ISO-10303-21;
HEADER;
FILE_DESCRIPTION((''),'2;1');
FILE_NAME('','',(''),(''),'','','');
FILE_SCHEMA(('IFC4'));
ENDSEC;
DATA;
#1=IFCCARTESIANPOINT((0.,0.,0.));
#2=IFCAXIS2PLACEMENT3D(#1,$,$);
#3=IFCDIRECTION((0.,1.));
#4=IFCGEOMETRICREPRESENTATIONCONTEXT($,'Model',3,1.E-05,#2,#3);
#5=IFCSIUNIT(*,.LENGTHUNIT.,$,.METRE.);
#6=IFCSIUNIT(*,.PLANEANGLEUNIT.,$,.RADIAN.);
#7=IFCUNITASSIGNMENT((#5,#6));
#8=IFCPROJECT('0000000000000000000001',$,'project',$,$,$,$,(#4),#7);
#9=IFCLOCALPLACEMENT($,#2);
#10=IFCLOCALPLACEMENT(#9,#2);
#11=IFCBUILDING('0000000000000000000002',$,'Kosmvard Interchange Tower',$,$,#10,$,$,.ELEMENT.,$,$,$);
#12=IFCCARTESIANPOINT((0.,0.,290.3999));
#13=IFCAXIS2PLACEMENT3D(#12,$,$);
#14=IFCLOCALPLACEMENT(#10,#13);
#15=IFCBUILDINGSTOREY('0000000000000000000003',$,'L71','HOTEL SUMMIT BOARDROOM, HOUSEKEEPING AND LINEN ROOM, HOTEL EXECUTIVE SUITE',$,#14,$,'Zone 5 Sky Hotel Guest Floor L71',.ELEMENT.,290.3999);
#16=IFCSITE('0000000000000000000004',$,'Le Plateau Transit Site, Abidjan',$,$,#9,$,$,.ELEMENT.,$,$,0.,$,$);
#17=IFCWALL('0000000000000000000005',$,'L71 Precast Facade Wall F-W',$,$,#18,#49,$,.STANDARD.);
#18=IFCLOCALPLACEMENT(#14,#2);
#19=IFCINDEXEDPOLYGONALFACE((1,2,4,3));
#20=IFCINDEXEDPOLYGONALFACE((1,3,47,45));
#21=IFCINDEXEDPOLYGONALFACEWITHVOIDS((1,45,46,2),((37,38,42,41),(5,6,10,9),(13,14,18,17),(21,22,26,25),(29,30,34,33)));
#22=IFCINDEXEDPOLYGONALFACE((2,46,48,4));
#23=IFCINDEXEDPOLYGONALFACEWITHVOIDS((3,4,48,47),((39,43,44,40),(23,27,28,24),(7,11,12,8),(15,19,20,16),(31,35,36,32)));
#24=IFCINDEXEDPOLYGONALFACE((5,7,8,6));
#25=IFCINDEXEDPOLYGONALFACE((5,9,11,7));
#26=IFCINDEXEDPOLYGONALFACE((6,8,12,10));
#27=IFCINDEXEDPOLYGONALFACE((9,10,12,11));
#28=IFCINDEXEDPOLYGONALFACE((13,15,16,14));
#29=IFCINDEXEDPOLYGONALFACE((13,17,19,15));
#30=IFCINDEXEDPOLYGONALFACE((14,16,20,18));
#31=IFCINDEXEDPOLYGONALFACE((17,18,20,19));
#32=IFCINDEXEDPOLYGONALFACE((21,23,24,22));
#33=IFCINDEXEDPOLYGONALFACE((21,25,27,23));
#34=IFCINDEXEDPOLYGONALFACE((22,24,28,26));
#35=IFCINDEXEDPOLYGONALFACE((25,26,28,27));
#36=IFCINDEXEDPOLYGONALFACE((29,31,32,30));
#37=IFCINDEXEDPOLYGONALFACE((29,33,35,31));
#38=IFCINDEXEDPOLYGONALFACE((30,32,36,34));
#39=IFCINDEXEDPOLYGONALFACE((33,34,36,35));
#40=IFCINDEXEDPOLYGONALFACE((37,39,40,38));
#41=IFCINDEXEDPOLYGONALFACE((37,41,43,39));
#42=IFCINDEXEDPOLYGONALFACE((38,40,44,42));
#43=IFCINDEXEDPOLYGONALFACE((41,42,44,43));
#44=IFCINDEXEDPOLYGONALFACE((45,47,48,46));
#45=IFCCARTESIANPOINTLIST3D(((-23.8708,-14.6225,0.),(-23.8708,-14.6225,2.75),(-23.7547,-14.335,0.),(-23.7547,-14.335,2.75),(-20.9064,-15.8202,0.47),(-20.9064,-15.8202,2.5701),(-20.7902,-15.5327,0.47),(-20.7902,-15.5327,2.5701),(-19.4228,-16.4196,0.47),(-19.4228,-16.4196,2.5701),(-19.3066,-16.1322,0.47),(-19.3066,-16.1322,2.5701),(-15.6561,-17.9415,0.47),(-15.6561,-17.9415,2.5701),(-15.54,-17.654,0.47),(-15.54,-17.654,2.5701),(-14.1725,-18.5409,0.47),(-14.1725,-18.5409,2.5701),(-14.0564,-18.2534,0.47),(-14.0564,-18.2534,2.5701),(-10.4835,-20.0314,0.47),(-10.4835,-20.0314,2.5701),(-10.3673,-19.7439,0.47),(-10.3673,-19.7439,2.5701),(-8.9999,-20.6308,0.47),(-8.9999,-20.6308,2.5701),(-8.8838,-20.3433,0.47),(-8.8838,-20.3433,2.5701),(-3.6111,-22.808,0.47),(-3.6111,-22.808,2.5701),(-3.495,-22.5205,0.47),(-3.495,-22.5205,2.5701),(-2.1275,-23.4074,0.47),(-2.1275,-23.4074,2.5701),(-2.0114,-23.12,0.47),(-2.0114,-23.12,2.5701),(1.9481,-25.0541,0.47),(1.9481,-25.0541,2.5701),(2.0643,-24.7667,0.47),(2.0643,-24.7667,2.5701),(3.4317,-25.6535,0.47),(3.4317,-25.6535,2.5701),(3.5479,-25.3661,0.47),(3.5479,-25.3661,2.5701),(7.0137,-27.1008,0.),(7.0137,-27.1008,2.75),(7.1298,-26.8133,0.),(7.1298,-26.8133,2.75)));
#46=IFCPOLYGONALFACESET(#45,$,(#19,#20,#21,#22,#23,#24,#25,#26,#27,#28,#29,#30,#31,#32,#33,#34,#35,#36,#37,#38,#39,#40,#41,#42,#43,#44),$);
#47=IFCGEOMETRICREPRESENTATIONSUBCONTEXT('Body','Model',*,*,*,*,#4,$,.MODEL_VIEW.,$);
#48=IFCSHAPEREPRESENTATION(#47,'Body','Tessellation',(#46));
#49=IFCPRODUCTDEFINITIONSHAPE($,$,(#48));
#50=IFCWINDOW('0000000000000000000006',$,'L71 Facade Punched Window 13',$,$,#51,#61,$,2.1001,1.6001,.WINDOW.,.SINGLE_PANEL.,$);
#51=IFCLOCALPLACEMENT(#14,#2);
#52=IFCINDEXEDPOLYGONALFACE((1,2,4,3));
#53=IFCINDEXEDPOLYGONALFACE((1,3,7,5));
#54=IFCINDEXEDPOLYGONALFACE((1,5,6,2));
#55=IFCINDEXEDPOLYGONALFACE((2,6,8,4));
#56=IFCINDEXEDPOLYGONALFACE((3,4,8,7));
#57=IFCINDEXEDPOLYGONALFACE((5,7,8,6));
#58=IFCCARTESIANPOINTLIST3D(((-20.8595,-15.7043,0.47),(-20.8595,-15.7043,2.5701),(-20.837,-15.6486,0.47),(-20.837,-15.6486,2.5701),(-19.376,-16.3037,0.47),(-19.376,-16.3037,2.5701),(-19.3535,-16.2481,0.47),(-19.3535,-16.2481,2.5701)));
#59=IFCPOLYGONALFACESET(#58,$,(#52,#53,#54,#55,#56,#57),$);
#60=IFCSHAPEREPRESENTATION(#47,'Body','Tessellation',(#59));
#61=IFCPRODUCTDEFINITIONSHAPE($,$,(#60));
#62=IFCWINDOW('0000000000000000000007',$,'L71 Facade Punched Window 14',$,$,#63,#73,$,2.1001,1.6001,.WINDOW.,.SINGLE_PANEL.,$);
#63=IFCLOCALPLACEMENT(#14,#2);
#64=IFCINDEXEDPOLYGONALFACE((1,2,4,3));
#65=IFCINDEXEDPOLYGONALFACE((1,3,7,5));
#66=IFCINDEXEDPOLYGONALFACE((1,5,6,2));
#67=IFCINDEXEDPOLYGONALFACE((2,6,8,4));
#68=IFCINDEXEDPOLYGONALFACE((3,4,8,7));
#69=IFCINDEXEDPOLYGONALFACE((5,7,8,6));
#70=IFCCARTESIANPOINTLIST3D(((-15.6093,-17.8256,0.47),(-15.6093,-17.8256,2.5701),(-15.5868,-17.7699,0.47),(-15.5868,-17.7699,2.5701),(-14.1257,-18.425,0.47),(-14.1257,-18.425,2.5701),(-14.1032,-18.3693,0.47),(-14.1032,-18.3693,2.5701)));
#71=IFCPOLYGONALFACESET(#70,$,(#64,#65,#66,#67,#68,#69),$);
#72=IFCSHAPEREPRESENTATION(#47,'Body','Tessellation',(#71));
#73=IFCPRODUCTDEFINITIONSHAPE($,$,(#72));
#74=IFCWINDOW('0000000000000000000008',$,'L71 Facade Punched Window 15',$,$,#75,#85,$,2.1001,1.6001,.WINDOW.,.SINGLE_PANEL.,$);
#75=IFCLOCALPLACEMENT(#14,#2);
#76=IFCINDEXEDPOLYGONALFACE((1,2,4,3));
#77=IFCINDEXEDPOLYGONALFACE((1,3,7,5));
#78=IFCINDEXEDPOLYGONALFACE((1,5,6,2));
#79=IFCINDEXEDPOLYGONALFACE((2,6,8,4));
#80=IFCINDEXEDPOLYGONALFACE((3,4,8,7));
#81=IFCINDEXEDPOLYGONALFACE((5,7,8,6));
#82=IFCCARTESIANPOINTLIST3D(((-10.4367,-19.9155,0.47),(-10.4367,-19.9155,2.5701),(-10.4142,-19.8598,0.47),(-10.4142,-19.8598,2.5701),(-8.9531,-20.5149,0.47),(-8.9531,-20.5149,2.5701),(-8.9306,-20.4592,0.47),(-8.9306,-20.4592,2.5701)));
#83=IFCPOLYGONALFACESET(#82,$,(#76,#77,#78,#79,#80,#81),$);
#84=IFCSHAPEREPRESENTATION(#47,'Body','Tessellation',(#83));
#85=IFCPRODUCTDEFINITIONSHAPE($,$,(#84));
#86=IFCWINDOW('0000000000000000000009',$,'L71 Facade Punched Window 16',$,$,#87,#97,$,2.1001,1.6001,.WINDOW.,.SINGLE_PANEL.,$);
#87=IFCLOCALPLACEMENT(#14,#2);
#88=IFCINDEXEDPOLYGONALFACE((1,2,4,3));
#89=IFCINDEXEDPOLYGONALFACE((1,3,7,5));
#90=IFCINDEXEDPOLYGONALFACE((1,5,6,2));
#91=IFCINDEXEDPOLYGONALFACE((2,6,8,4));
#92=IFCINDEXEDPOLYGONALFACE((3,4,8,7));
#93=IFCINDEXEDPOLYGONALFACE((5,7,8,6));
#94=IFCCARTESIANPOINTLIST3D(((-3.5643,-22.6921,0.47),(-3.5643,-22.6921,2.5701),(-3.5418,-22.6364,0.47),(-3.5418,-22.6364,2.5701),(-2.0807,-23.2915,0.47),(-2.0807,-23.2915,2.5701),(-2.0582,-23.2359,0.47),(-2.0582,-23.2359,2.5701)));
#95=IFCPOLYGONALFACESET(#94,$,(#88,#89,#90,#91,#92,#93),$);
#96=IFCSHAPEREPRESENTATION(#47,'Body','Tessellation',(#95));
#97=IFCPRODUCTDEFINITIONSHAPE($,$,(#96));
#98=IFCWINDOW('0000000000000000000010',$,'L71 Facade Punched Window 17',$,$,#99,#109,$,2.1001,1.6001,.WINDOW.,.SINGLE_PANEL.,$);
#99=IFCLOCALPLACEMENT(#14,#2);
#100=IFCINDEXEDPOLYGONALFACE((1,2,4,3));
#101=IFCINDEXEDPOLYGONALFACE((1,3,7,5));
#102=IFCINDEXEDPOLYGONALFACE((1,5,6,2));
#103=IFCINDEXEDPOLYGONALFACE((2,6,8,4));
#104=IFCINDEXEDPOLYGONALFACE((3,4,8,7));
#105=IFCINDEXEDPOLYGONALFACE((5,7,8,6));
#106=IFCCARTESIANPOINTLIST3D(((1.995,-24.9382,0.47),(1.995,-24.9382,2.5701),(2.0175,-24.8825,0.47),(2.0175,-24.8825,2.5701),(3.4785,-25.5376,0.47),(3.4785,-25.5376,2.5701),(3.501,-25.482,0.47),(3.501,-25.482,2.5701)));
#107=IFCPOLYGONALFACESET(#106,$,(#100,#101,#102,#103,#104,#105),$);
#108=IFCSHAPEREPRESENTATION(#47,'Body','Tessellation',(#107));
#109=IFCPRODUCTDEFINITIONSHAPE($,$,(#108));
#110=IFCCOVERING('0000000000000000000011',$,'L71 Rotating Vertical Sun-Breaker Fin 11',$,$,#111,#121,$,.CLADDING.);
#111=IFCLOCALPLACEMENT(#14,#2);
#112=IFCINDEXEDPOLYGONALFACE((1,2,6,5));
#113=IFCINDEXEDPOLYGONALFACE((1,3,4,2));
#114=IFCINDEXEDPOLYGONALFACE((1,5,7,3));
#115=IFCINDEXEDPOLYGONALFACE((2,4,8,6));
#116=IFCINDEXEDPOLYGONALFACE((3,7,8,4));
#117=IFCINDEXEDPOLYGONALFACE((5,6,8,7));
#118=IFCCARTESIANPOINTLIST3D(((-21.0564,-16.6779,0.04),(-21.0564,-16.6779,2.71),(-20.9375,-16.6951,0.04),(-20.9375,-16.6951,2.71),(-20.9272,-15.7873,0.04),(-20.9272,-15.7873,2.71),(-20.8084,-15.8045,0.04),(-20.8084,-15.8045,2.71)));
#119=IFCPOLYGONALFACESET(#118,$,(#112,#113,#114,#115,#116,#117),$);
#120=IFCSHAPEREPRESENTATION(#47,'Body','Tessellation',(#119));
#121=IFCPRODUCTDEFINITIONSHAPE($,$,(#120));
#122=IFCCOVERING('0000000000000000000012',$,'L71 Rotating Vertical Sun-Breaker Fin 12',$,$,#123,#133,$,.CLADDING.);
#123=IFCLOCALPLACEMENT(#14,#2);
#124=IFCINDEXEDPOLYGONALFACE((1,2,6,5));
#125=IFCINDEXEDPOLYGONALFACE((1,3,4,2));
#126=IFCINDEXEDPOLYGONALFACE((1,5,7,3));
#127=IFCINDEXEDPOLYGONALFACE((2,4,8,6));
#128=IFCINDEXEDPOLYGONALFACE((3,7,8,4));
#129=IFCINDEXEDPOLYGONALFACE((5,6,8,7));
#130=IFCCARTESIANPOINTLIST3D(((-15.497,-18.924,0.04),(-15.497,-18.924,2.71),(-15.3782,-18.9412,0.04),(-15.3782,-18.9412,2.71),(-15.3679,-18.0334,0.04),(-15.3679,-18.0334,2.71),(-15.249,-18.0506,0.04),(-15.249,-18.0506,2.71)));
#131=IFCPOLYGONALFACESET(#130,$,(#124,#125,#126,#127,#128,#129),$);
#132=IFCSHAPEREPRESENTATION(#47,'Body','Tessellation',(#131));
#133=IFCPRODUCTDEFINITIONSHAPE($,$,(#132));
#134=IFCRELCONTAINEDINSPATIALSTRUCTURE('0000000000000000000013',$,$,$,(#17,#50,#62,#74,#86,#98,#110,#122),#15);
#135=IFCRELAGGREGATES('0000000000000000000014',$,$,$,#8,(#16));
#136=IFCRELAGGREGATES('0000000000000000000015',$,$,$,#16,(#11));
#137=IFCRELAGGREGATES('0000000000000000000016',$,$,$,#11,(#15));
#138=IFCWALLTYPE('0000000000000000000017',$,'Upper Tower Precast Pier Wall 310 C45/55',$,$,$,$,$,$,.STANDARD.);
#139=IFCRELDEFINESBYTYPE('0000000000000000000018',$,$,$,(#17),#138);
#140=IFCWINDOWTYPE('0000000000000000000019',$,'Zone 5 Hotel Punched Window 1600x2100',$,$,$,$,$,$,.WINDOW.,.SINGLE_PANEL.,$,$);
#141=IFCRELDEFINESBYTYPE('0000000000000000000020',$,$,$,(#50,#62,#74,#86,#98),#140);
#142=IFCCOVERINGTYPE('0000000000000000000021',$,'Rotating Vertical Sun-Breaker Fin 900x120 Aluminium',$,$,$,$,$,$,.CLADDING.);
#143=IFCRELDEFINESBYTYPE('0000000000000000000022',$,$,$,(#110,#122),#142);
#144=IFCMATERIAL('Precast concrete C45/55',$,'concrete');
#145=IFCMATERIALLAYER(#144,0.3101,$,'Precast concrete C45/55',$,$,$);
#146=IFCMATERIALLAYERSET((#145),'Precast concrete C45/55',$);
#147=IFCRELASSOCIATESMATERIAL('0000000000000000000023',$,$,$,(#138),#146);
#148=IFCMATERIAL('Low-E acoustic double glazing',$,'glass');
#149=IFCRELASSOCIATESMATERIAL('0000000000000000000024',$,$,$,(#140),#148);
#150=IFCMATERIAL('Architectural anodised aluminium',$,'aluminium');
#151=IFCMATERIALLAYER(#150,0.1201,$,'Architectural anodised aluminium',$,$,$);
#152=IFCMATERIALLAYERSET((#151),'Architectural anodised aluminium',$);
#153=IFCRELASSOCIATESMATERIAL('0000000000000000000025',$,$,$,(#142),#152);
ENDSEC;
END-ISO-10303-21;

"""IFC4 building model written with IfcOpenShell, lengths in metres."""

from ifc_helpers import new_model, si_unit, direction, frame, frame_2d, origin, origin_2d, place, context, subcontext, project, spatial, rectangle, extrude, source, transform, mapped, material, layer, layer_set, type_object, element, fill, save


model = new_model("IFC4")

# Units and contexts
model_context = context("Model", 3, precision=1e-05, world=origin(), true_north=direction((0.0, 1.0)))
body_context = subcontext(model_context, "Body", "Model", "MODEL_VIEW")
ifc_project = project(units=[si_unit("LENGTHUNIT", "METRE"), si_unit("PLANEANGLEUNIT", "RADIAN")], contexts=[model_context])

# Site, building, storey
site_placement = place(None, origin())
site = spatial("IfcSite", under=ifc_project, at=site_placement, Name="Le Plateau Transit Site, Abidjan", CompositionType="ELEMENT", RefElevation=0.0)
building_placement = place(site_placement, origin())
building = spatial("IfcBuilding", under=site, at=building_placement, Name="Kosmvard Interchange Tower", CompositionType="ELEMENT")
storey_placement = place(building_placement, frame((0.0, 0.0, 290.3999)))
storey = spatial("IfcBuildingStorey", under=building, at=storey_placement, Name="L71", Description="HOTEL SUMMIT BOARDROOM, HOUSEKEEPING AND LINEN ROOM, HOTEL EXECUTIVE SUITE", LongName="Zone 5 Sky Hotel Guest Floor L71", CompositionType="ELEMENT", Elevation=290.3999)

# Wall, openings, windows
ifc_material_1 = material(Name="Precast concrete C45/55", Category="concrete")
ifc_layer_1 = layer(ifc_material_1, 0.3101, Name="Precast concrete C45/55")
ifc_layer_set_1 = layer_set([ifc_layer_1], Name="Precast concrete C45/55")
wall_type = type_object("IfcWallType", Name="Upper Tower Precast Pier Wall 310 C45/55", PredefinedType="STANDARD", material=ifc_layer_set_1)
wall_placement = place(storey_placement, frame((-23.8127, -14.4788, 0.0), z_axis=(0.0, 0.0, 1.0), x_axis=(0.927183, -0.37461, 0.0)))
wall = element("IfcWall", 1, at=wall_placement, inside=storey, type_object=wall_type, Name="L71 Precast Facade Wall F-W", PredefinedType="STANDARD", context=body_context, shape_type="SweptSolid", body=[
    extrude(rectangle(XDim=33.3101, YDim=0.3101, at=frame_2d((16.655, 0.0))), origin(), (0.0, 0.0, 1.0), 2.75),
])
opening_1_placement = place(wall_placement, frame((3.1973, 0.0, 0.47)))
opening_1 = element("IfcOpeningElement", 2, at=opening_1_placement, cuts=wall, PredefinedType="OPENING", context=body_context, shape_type="SweptSolid", body=[
    extrude(rectangle(XDim=1.6001, YDim=2.1001, at=frame_2d((0.8, 1.05))), frame((0.0, 0.165, 0.0), z_axis=(0.0, -1.0, 0.0), x_axis=(1.0, 0.0, 0.0)), (0.0, 0.0, 1.0), 0.3301),
])
opening_2_placement = place(wall_placement, frame((8.8599, 0.0, 0.47)))
opening_2 = element("IfcOpeningElement", 3, at=opening_2_placement, cuts=wall, PredefinedType="OPENING", context=body_context, shape_type="SweptSolid", body=[
    extrude(rectangle(XDim=1.6001, YDim=2.1001, at=frame_2d((0.8, 1.05))), frame((0.0, 0.165, 0.0), z_axis=(0.0, -1.0, 0.0), x_axis=(1.0, 0.0, 0.0)), (0.0, 0.0, 1.0), 0.3301),
])
opening_3_placement = place(wall_placement, frame((14.4387, 0.0, 0.47)))
opening_3 = element("IfcOpeningElement", 4, at=opening_3_placement, cuts=wall, PredefinedType="OPENING", context=body_context, shape_type="SweptSolid", body=[
    extrude(rectangle(XDim=1.6001, YDim=2.1001, at=frame_2d((0.8, 1.05))), frame((0.0, 0.165, 0.0), z_axis=(0.0, -1.0, 0.0), x_axis=(1.0, 0.0, 0.0)), (0.0, 0.0, 1.0), 0.3301),
])
opening_4_placement = place(wall_placement, frame((21.8508, 0.0, 0.47)))
opening_4 = element("IfcOpeningElement", 5, at=opening_4_placement, cuts=wall, PredefinedType="OPENING", context=body_context, shape_type="SweptSolid", body=[
    extrude(rectangle(XDim=1.6001, YDim=2.1001, at=frame_2d((0.8, 1.05))), frame((0.0, 0.165, 0.0), z_axis=(0.0, -1.0, 0.0), x_axis=(1.0, 0.0, 0.0)), (0.0, 0.0, 1.0), 0.3301),
])
opening_5_placement = place(wall_placement, frame((27.8467, 0.0, 0.47)))
opening_5 = element("IfcOpeningElement", 6, at=opening_5_placement, cuts=wall, PredefinedType="OPENING", context=body_context, shape_type="SweptSolid", body=[
    extrude(rectangle(XDim=1.6001, YDim=2.1001, at=frame_2d((0.8, 1.05))), frame((0.0, 0.165, 0.0), z_axis=(0.0, -1.0, 0.0), x_axis=(1.0, 0.0, 0.0)), (0.0, 0.0, 1.0), 0.3301),
])
ifc_material_2 = material(Name="Low-E acoustic double glazing", Category="glass")
window_type = type_object("IfcWindowType", Name="Zone 5 Hotel Punched Window 1600x2100", PartitioningType="SINGLE_PANEL", PredefinedType="WINDOW", material=ifc_material_2)
shared_shape_1 = source(origin(), body_context, "Body", "SweptSolid", [
    extrude(rectangle(XDim=1.6001, YDim=2.1001, at=frame_2d((0.8, 1.05))), frame((0.0, 0.03, 0.0), z_axis=(0.0, -1.0, 0.0), x_axis=(1.0, 0.0, 0.0)), (0.0, 0.0, 1.0), 0.0601),
])
window_1_placement = place(opening_1_placement, origin())
window_1 = element("IfcWindow", 7, at=window_1_placement, inside=storey, type_object=window_type, Name="L71 Facade Punched Window 13", OverallHeight=2.1001, OverallWidth=1.6001, PartitioningType="SINGLE_PANEL", PredefinedType="WINDOW", context=body_context, shape_type="MappedRepresentation", body=[
    mapped(shared_shape_1, transform((0.0, 0.0, 0.0), scale=1.0)),
])
fill(opening_1, window_1)
window_2_placement = place(opening_2_placement, origin())
window_2 = element("IfcWindow", 8, at=window_2_placement, inside=storey, type_object=window_type, Name="L71 Facade Punched Window 14", OverallHeight=2.1001, OverallWidth=1.6001, PartitioningType="SINGLE_PANEL", PredefinedType="WINDOW", context=body_context, shape_type="MappedRepresentation", body=[
    mapped(shared_shape_1, transform((0.0, 0.0, 0.0), scale=1.0)),
])
fill(opening_2, window_2)
window_3_placement = place(opening_3_placement, origin())
window_3 = element("IfcWindow", 9, at=window_3_placement, inside=storey, type_object=window_type, Name="L71 Facade Punched Window 15", OverallHeight=2.1001, OverallWidth=1.6001, PartitioningType="SINGLE_PANEL", PredefinedType="WINDOW", context=body_context, shape_type="MappedRepresentation", body=[
    mapped(shared_shape_1, transform((0.0, 0.0, 0.0), scale=1.0)),
])
fill(opening_3, window_3)
window_4_placement = place(opening_4_placement, origin())
window_4 = element("IfcWindow", 10, at=window_4_placement, inside=storey, type_object=window_type, Name="L71 Facade Punched Window 16", OverallHeight=2.1001, OverallWidth=1.6001, PartitioningType="SINGLE_PANEL", PredefinedType="WINDOW", context=body_context, shape_type="MappedRepresentation", body=[
    mapped(shared_shape_1, transform((0.0, 0.0, 0.0), scale=1.0)),
])
fill(opening_4, window_4)
window_5_placement = place(opening_5_placement, origin())
window_5 = element("IfcWindow", 11, at=window_5_placement, inside=storey, type_object=window_type, Name="L71 Facade Punched Window 17", OverallHeight=2.1001, OverallWidth=1.6001, PartitioningType="SINGLE_PANEL", PredefinedType="WINDOW", context=body_context, shape_type="MappedRepresentation", body=[
    mapped(shared_shape_1, transform((0.0, 0.0, 0.0), scale=1.0)),
])
fill(opening_5, window_5)

# Coverings
ifc_material_3 = material(Name="Architectural anodised aluminium", Category="aluminium")
ifc_layer_2 = layer(ifc_material_3, 0.1201, Name="Architectural anodised aluminium")
ifc_layer_set_2 = layer_set([ifc_layer_2], Name="Architectural anodised aluminium")
covering_type = type_object("IfcCoveringType", Name="Rotating Vertical Sun-Breaker Fin 900x120 Aluminium", PredefinedType="CLADDING", material=ifc_layer_set_2)
shared_shape_2 = source(origin(), body_context, "Body", "SweptSolid", [
    extrude(rectangle(XDim=0.8999, YDim=0.1201, at=origin_2d()), origin(), (0.0, 0.0, 1.0), 2.6699),
])
for number, where, z_axis, x_axis, name in (
    (12, (-20.9324, -16.2412, 0.04), (0.0, 0.0, 1.0), (-0.143493, -0.989651, 0.0), "L71 Rotating Vertical Sun-Breaker Fin 11"),
    (13, (-15.373, -18.4873, 0.04), (0.0, 0.0, 1.0), (-0.143493, -0.989651, 0.0), "L71 Rotating Vertical Sun-Breaker Fin 12"),
):
    element("IfcCovering", number, at=place(storey_placement, frame(where, z_axis=z_axis, x_axis=x_axis)), inside=storey, type_object=covering_type, Name=name, PredefinedType="CLADDING", context=body_context, shape_type="MappedRepresentation", body=[
        mapped(shared_shape_2, transform((0.0, 0.0, 0.0), scale=1.0)),
    ])

save(model, "model.ifc")
